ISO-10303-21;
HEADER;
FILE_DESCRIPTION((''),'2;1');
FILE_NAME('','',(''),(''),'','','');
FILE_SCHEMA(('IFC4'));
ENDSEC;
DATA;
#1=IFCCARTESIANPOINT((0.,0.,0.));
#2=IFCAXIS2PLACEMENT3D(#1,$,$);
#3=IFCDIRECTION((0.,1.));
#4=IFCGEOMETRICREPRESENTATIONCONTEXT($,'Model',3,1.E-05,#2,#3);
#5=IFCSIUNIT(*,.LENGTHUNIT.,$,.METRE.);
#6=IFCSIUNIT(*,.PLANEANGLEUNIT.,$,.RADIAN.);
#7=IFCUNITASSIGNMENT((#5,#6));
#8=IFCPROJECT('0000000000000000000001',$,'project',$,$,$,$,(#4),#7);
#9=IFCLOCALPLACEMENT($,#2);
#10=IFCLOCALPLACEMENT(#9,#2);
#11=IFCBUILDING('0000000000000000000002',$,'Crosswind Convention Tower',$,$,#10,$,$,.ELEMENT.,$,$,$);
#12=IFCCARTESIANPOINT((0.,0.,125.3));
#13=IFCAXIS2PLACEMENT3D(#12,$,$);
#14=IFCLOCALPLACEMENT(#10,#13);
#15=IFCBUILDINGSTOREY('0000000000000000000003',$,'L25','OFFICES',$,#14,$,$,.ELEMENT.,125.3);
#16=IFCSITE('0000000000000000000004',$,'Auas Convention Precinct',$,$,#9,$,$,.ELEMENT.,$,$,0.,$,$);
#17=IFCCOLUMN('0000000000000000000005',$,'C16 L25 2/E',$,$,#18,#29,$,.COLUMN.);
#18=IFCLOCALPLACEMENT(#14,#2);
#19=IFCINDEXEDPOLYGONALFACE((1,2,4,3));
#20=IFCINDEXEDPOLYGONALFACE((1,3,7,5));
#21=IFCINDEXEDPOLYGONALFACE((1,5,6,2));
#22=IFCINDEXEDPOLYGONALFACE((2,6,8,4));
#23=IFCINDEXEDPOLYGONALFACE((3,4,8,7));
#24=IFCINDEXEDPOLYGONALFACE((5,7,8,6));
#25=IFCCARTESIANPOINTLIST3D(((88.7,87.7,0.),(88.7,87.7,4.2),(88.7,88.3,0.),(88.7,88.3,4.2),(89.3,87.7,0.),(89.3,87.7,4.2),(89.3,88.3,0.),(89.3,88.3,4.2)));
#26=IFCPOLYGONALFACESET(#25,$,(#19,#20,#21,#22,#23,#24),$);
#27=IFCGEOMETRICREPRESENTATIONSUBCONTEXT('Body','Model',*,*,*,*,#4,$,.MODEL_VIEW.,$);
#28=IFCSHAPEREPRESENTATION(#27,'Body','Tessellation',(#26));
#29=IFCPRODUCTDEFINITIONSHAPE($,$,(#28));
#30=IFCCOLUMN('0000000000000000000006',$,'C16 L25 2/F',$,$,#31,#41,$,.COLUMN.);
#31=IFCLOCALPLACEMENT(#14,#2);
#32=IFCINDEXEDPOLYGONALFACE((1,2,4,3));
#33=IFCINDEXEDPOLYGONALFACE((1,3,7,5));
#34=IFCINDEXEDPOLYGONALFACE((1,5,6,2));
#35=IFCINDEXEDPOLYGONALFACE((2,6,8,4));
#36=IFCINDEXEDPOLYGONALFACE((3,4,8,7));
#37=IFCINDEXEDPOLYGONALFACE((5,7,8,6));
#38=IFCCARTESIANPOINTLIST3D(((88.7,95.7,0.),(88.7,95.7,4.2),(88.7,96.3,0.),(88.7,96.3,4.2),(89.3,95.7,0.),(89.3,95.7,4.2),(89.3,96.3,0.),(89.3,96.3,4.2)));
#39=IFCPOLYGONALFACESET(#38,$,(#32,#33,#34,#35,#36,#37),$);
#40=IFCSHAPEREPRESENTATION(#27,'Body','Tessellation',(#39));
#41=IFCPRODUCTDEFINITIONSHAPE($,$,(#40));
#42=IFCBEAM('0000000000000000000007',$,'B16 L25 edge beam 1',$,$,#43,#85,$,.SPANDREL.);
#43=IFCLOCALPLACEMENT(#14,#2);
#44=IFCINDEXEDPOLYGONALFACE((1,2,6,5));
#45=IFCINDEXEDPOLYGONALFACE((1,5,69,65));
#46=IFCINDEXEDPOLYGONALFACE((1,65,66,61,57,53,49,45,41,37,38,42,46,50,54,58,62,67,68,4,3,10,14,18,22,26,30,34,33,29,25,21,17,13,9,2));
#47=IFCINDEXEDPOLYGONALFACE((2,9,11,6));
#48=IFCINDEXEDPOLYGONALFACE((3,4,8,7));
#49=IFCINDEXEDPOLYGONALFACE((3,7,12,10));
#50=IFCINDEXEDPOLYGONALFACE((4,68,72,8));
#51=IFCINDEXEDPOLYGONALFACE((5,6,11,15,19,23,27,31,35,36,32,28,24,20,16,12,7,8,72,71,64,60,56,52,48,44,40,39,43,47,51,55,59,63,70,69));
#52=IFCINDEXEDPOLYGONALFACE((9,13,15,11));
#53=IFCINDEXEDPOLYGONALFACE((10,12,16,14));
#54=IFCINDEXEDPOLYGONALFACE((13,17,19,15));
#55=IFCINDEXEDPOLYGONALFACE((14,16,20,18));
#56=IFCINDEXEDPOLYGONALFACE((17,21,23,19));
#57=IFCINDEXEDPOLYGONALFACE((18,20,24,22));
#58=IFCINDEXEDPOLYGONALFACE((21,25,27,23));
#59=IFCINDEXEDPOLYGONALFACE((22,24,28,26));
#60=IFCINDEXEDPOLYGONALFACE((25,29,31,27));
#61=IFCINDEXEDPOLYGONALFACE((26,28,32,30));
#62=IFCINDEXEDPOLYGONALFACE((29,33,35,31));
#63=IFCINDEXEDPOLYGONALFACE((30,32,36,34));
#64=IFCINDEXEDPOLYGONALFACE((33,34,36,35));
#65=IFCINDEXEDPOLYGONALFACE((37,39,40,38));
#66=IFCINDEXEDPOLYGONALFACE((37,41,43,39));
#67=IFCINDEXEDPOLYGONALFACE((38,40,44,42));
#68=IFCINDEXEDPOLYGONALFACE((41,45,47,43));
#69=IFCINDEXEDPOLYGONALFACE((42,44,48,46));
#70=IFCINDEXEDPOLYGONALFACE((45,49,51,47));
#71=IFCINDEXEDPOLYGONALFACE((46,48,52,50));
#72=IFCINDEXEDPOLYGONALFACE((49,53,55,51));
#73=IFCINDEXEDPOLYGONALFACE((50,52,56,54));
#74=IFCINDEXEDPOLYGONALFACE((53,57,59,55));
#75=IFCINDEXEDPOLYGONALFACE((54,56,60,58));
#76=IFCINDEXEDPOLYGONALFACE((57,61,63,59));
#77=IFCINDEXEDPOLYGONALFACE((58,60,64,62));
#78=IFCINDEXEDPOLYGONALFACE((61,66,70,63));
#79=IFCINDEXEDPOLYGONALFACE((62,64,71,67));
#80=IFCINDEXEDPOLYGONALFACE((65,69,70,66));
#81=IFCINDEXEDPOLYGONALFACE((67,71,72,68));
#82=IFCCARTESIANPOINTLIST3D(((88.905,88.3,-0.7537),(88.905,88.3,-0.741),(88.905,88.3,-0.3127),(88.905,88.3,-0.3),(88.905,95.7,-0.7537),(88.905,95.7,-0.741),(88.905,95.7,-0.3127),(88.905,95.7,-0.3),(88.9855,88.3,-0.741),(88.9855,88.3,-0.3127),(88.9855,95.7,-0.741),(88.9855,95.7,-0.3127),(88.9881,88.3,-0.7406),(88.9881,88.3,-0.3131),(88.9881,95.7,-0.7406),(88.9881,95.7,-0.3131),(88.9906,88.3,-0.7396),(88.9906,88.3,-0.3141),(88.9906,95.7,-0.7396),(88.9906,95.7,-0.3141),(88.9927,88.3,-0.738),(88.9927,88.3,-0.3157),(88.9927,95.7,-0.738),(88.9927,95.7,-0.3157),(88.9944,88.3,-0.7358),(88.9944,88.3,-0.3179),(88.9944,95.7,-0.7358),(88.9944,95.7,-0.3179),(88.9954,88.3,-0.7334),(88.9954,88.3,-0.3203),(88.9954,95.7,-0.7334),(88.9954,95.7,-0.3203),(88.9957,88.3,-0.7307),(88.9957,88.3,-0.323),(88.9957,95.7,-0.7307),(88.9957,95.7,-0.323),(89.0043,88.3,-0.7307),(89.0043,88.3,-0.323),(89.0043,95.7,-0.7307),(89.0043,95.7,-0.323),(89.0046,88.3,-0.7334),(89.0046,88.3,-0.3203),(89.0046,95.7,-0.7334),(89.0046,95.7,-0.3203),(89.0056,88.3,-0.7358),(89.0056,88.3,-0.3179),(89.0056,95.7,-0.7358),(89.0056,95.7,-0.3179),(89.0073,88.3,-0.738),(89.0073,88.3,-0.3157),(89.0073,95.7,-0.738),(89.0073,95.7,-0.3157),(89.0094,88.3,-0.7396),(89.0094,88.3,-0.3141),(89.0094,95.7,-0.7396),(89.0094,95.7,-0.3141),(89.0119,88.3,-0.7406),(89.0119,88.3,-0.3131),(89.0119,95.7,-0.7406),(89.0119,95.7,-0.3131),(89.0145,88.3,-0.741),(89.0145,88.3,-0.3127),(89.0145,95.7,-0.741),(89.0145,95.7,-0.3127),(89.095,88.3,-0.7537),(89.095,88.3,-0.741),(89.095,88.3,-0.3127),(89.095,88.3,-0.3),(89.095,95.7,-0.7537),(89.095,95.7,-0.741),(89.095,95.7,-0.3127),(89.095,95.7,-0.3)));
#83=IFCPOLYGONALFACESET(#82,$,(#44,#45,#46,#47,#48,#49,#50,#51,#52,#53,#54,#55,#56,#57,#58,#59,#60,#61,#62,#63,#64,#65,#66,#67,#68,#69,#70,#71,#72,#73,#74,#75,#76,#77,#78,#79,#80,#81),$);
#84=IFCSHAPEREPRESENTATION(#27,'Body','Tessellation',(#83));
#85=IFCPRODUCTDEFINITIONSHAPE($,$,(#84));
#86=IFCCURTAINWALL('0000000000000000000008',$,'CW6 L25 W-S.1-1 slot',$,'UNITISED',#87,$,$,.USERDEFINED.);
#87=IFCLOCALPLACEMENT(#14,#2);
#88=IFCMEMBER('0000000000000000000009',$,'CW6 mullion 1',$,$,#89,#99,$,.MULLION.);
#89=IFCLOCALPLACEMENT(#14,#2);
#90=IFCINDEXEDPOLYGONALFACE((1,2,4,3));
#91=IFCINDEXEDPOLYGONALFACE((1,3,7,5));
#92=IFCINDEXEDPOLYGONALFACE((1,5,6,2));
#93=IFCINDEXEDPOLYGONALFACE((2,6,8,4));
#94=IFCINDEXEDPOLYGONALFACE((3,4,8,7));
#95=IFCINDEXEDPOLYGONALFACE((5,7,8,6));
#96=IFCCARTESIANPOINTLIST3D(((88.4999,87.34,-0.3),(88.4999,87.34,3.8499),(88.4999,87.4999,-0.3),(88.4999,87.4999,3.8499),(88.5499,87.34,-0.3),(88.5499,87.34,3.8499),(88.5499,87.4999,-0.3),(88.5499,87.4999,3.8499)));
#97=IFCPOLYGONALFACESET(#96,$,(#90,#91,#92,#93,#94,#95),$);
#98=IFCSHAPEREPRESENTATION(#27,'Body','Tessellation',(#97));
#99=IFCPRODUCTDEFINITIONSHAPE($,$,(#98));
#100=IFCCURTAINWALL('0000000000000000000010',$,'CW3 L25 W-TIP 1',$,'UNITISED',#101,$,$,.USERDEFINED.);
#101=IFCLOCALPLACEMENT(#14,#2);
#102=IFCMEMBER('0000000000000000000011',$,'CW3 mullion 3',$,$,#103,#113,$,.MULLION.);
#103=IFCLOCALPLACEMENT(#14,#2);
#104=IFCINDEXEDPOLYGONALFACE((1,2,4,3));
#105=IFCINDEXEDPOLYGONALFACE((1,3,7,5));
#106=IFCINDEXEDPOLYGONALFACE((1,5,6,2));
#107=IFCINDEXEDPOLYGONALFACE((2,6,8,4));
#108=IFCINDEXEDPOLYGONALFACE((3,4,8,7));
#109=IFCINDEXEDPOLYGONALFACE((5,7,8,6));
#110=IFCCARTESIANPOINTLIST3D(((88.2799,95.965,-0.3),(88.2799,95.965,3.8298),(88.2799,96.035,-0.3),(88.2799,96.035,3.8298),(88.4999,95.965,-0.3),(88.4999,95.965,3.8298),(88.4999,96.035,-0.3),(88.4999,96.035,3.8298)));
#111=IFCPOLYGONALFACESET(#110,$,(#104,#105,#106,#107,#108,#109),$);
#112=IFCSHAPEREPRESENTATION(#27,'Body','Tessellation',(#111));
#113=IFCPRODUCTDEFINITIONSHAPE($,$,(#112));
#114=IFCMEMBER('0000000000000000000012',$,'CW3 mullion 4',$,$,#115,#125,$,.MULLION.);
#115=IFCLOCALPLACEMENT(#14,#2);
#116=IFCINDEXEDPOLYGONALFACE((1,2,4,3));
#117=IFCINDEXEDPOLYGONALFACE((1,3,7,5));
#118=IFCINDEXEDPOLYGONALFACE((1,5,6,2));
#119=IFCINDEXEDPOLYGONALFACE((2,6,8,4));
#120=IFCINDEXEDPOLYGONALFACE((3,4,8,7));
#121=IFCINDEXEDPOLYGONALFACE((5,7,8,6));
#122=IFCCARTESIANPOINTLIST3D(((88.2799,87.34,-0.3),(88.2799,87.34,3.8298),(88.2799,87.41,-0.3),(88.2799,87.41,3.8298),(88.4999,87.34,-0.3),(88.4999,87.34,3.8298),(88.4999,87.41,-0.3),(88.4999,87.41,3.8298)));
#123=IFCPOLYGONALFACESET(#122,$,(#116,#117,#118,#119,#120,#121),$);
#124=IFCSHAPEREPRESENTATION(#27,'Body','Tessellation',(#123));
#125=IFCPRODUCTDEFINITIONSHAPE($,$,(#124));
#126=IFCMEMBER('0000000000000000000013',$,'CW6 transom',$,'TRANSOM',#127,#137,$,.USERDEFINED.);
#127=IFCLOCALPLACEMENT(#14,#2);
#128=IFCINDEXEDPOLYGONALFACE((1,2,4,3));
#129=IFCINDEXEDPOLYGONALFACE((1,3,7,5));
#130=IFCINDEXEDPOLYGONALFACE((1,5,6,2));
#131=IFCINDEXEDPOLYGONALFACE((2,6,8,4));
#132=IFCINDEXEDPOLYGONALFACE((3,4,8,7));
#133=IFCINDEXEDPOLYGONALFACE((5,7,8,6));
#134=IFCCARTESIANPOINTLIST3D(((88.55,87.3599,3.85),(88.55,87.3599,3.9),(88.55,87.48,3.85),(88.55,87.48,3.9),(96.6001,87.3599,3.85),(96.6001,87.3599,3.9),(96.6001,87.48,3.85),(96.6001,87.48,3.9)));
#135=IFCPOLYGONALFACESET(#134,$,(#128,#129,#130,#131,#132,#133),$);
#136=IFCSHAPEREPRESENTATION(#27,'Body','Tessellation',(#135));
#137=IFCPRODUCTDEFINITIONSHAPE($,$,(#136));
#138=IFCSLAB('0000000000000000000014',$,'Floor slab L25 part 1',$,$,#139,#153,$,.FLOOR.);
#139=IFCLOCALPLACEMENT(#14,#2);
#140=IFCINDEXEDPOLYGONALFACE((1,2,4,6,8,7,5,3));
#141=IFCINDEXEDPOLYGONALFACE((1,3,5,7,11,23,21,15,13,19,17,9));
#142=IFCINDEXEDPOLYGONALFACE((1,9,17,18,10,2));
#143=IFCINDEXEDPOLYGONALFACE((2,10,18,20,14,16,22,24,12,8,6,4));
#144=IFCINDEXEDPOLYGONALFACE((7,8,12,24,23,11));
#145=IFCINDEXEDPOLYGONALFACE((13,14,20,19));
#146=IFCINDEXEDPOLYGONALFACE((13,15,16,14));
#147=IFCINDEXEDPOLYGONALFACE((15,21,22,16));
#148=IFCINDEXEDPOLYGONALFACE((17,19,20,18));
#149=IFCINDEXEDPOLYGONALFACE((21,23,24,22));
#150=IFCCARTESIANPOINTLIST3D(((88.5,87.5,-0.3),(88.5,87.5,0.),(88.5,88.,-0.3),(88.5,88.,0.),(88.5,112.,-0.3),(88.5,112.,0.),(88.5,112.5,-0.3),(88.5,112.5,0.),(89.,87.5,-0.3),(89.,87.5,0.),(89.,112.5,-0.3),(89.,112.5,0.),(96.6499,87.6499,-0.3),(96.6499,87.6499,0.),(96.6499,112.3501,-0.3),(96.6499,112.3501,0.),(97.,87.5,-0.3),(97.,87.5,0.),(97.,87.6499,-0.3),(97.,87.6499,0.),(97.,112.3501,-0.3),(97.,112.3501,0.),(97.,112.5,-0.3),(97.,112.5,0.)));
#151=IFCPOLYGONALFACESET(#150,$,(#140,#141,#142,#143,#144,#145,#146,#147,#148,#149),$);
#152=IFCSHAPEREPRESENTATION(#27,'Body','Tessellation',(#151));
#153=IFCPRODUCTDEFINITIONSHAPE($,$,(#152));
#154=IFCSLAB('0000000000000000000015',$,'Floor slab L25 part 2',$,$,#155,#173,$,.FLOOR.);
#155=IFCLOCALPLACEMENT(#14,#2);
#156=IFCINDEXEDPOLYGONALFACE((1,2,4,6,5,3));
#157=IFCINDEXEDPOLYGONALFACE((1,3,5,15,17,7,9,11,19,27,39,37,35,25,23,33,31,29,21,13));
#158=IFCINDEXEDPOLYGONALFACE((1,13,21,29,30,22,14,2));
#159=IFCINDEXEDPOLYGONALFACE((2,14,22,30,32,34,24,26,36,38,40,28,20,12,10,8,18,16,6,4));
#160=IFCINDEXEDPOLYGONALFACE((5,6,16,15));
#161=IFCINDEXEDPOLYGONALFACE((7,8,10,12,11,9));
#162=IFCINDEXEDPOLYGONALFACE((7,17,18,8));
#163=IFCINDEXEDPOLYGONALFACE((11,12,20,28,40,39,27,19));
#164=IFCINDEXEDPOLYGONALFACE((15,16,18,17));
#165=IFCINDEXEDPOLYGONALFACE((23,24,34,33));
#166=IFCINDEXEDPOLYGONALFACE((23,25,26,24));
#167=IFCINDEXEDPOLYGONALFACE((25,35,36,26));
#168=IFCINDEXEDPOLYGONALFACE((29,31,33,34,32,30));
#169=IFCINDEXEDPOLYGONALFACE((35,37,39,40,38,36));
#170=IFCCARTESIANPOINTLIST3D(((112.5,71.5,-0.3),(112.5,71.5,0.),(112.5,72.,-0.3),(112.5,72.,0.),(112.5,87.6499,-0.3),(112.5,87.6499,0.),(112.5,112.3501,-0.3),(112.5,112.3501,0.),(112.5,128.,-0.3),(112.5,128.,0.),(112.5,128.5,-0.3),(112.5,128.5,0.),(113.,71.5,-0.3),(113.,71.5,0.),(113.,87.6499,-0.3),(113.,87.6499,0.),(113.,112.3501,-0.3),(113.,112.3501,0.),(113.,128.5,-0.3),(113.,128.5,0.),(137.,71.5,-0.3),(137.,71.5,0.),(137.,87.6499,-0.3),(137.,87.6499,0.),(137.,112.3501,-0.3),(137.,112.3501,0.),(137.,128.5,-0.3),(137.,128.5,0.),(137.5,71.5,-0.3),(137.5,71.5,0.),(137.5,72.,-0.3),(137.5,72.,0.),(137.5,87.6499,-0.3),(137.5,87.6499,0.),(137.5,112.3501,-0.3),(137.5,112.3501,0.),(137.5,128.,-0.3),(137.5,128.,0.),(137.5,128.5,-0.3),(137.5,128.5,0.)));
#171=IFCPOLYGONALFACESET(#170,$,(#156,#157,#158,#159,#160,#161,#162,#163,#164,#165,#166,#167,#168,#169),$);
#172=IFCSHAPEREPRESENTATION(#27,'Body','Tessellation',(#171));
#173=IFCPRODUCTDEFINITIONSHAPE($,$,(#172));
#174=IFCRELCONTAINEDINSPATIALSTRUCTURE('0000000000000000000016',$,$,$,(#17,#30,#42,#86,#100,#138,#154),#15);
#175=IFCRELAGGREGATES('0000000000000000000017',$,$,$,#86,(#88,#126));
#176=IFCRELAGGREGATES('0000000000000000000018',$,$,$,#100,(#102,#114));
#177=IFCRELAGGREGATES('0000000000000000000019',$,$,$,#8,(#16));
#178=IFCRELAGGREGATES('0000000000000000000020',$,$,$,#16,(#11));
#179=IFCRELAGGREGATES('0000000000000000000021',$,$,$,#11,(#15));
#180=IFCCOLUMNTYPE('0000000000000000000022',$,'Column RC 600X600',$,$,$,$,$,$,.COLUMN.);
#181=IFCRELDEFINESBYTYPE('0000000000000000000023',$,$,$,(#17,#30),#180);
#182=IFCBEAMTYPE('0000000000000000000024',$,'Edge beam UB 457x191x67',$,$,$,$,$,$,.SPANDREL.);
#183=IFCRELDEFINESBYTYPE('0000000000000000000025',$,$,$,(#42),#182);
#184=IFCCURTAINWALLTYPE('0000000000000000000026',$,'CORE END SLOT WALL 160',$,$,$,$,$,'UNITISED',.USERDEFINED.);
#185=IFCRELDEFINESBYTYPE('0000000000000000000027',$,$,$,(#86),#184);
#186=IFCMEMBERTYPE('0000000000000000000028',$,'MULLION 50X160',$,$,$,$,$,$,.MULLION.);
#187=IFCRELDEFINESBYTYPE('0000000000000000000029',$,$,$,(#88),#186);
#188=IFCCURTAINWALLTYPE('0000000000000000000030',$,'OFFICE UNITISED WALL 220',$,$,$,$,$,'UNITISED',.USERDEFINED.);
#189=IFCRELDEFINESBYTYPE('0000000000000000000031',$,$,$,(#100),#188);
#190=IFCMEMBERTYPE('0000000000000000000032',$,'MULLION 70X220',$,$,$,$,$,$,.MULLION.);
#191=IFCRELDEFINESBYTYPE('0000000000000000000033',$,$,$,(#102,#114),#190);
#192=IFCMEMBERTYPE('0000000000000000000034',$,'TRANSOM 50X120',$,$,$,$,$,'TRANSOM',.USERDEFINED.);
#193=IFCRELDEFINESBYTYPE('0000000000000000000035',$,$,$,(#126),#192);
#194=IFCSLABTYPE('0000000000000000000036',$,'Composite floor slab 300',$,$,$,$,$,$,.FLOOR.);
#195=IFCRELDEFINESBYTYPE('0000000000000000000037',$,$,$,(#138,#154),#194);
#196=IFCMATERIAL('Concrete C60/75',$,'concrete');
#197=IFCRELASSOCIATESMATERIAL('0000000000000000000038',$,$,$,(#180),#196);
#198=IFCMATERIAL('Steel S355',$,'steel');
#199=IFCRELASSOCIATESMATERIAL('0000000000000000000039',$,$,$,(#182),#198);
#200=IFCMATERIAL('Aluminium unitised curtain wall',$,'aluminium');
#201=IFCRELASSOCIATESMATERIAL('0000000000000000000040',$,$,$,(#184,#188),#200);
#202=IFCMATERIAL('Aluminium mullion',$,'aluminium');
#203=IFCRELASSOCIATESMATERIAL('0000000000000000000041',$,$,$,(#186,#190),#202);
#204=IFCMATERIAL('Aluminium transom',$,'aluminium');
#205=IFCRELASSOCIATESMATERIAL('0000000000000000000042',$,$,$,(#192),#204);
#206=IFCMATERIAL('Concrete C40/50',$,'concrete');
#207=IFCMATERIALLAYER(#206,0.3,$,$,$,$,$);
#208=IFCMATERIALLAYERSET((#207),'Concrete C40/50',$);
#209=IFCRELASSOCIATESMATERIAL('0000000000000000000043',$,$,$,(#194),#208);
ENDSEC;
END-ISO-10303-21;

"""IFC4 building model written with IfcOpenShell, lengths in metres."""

from ifc_helpers import new_model, si_unit, direction, frame, origin, origin_2d, place, context, subcontext, project, spatial, polyline, rectangle, i_section, outline, extrude, material, layer, layer_set, material_profile, profile_set, type_object, element, aggregate, save


model = new_model("IFC4")

# Units and contexts
model_context = context("Model", 3, precision=1e-05, world=origin(), true_north=direction((0.0, 1.0)))
body_context = subcontext(model_context, "Body", "Model", "MODEL_VIEW")
ifc_project = project(units=[si_unit("LENGTHUNIT", "METRE"), si_unit("PLANEANGLEUNIT", "RADIAN")], contexts=[model_context])

# Site, building, storey
site_placement = place(None, origin())
site = spatial("IfcSite", under=ifc_project, at=site_placement, Name="Auas Convention Precinct", CompositionType="ELEMENT", RefElevation=0.0)
building_placement = place(site_placement, origin())
building = spatial("IfcBuilding", under=site, at=building_placement, Name="Crosswind Convention Tower", CompositionType="ELEMENT")
storey_placement = place(building_placement, frame((0.0, 0.0, 125.3)))
storey = spatial("IfcBuildingStorey", under=building, at=storey_placement, Name="L25", Description="OFFICES", CompositionType="ELEMENT", Elevation=125.3)

# Columns
ifc_material_1 = material(Name="Concrete C60/75", Category="concrete")
ifc_material_profile_1 = material_profile(ifc_material_1, rectangle(XDim=0.6001, YDim=0.6001, at=origin_2d()), Name="RC 600X600")
ifc_profile_set_1 = profile_set([ifc_material_profile_1], Name="Concrete C60/75")
column_type = type_object("IfcColumnType", Name="Column RC 600X600", PredefinedType="COLUMN", material=ifc_profile_set_1)
for number, where, z_axis, x_axis, name in (
    (1, (89.0, 88.0, 0.0), (0.0, 0.0, 1.0), (1.0, 0.0, 0.0), "C16 L25 2/E"),
    (2, (89.0, 96.0, 0.0), (0.0, 0.0, 1.0), (1.0, 0.0, 0.0), "C16 L25 2/F"),
):
    element("IfcColumn", number, at=place(storey_placement, frame(where, z_axis=z_axis, x_axis=x_axis)), inside=storey, type_object=column_type, Name=name, PredefinedType="COLUMN", context=body_context, shape_type="SweptSolid", body=[
        extrude(rectangle(XDim=0.6001, YDim=0.6001, at=origin_2d()), origin(), (0.0, 0.0, 1.0), 4.2),
    ])

# Beam
ifc_material_2 = material(Name="Steel S355", Category="steel")
ifc_material_profile_2 = material_profile(ifc_material_2, i_section(OverallWidth=0.1899, OverallDepth=0.4536, WebThickness=0.0085, FlangeThickness=0.0127, FilletRadius=0.0103, at=origin_2d()), Name="UB 457x191x67")
ifc_profile_set_2 = profile_set([ifc_material_profile_2], Name="Steel S355")
beam_type = type_object("IfcBeamType", Name="Edge beam UB 457x191x67", PredefinedType="SPANDREL", material=ifc_profile_set_2)
beam_placement = place(storey_placement, frame((89.0, 88.3, -0.5269), z_axis=(0.0, 1.0, 0.0), x_axis=(-1.0, 0.0, 0.0)))
element("IfcBeam", 3, at=beam_placement, inside=storey, type_object=beam_type, Name="B16 L25 edge beam 1", PredefinedType="SPANDREL", context=body_context, shape_type="SweptSolid", body=[
    extrude(i_section(OverallWidth=0.1899, OverallDepth=0.4536, WebThickness=0.0085, FlangeThickness=0.0127, FilletRadius=0.0103, at=origin_2d()), origin(), (0.0, 0.0, 1.0), 7.3999),
])

# Curtain wall, member
ifc_material_3 = material(Name="Aluminium unitised curtain wall", Category="aluminium")
curtain_wall_type_1 = type_object("IfcCurtainWallType", Name="CORE END SLOT WALL 160", ElementType="UNITISED", PredefinedType="USERDEFINED", material=ifc_material_3)
curtain_wall_1_placement = place(storey_placement, origin())
curtain_wall_1 = element("IfcCurtainWall", 4, at=curtain_wall_1_placement, inside=storey, type_object=curtain_wall_type_1, Name="CW6 L25 W-S.1-1 slot", ObjectType="UNITISED", PredefinedType="USERDEFINED")
ifc_material_4 = material(Name="Aluminium mullion", Category="aluminium")
ifc_material_profile_3 = material_profile(ifc_material_4, rectangle(XDim=0.1599, YDim=0.05, at=origin_2d()), Name="AL 160X50")
ifc_profile_set_3 = profile_set([ifc_material_profile_3], Name="Aluminium mullion")
member_type_1 = type_object("IfcMemberType", Name="MULLION 50X160", PredefinedType="MULLION", material=ifc_profile_set_3)
member_1_placement = place(storey_placement, frame((88.5249, 87.4199, -0.3), z_axis=(0.0, 0.0, 1.0), x_axis=(0.0, -1.0, 0.0)))
member_1 = element("IfcMember", 5, at=member_1_placement, type_object=member_type_1, Name="CW6 mullion 1", PredefinedType="MULLION", context=body_context, shape_type="SweptSolid", body=[
    extrude(rectangle(XDim=0.1599, YDim=0.05, at=origin_2d()), origin(), (0.0, 0.0, 1.0), 4.1499),
])

# Curtain wall, members
curtain_wall_type_2 = type_object("IfcCurtainWallType", Name="OFFICE UNITISED WALL 220", ElementType="UNITISED", PredefinedType="USERDEFINED", material=ifc_material_3)
curtain_wall_2_placement = place(storey_placement, origin())
curtain_wall_2 = element("IfcCurtainWall", 6, at=curtain_wall_2_placement, inside=storey, type_object=curtain_wall_type_2, Name="CW3 L25 W-TIP 1", ObjectType="UNITISED", PredefinedType="USERDEFINED")
ifc_material_profile_4 = material_profile(ifc_material_4, rectangle(XDim=0.22, YDim=0.0701, at=origin_2d()), Name="AL 220X70")
ifc_profile_set_4 = profile_set([ifc_material_profile_4], Name="Aluminium mullion")
member_type_2 = type_object("IfcMemberType", Name="MULLION 70X220", PredefinedType="MULLION", material=ifc_profile_set_4)
member_2_placement = place(storey_placement, frame((88.3899, 96.0, -0.3), z_axis=(0.0, 0.0, 1.0), x_axis=(-1.0, 0.0, 0.0)))
member_2 = element("IfcMember", 7, at=member_2_placement, type_object=member_type_2, Name="CW3 mullion 3", PredefinedType="MULLION", context=body_context, shape_type="SweptSolid", body=[
    extrude(rectangle(XDim=0.22, YDim=0.0701, at=origin_2d()), origin(), (0.0, 0.0, 1.0), 4.1299),
])
member_3_placement = place(storey_placement, frame((88.3899, 87.375, -0.3), z_axis=(0.0, 0.0, 1.0), x_axis=(-1.0, 0.0, 0.0)))
member_3 = element("IfcMember", 8, at=member_3_placement, type_object=member_type_2, Name="CW3 mullion 4", PredefinedType="MULLION", context=body_context, shape_type="SweptSolid", body=[
    extrude(rectangle(XDim=0.22, YDim=0.0701, at=origin_2d()), origin(), (0.0, 0.0, 1.0), 4.1299),
])

# Member
ifc_material_5 = material(Name="Aluminium transom", Category="aluminium")
ifc_material_profile_5 = material_profile(ifc_material_5, rectangle(XDim=0.1201, YDim=0.05, at=origin_2d()), Name="AL 120X50")
ifc_profile_set_5 = profile_set([ifc_material_profile_5], Name="Aluminium transom")
member_type_3 = type_object("IfcMemberType", Name="TRANSOM 50X120", ElementType="TRANSOM", PredefinedType="USERDEFINED", material=ifc_profile_set_5)
member_4_placement = place(storey_placement, frame((88.55, 87.4199, 3.875), z_axis=(1.0, 0.0, 0.0), x_axis=(0.0, 1.0, 0.0)))
member_4 = element("IfcMember", 9, at=member_4_placement, type_object=member_type_3, Name="CW6 transom", ObjectType="TRANSOM", PredefinedType="USERDEFINED", context=body_context, shape_type="SweptSolid", body=[
    extrude(rectangle(XDim=0.1201, YDim=0.05, at=origin_2d()), origin(), (0.0, 0.0, 1.0), 8.05),
])

# Slabs
ifc_material_6 = material(Name="Concrete C40/50", Category="concrete")
ifc_layer_1 = layer(ifc_material_6, 0.3)
ifc_layer_set_1 = layer_set([ifc_layer_1], Name="Concrete C40/50")
slab_type_1 = type_object("IfcSlabType", Name="Composite floor slab 300", PredefinedType="FLOOR", material=ifc_layer_set_1)
slab_1_placement = place(storey_placement, frame((0.0, 0.0, -0.3)))
element("IfcSlab", 10, at=slab_1_placement, inside=storey, type_object=slab_type_1, Name="Floor slab L25 part 1", PredefinedType="FLOOR", context=body_context, shape_type="SweptSolid", body=[
    extrude(outline(polyline([(97.0, 87.5), (89.0, 87.5), (88.5, 87.5), (88.5, 88.0), (88.5, 112.0), (88.5, 112.5), (89.0, 112.5), (97.0, 112.5), (97.0, 112.3501), (96.6499, 112.3501), (96.6499, 87.6499), (97.0, 87.6499), (97.0, 87.5)])), origin(), (0.0, 0.0, 1.0), 0.3),
])
slab_2_placement = place(storey_placement, frame((0.0, 0.0, -0.3)))
element("IfcSlab", 11, at=slab_2_placement, inside=storey, type_object=slab_type_1, Name="Floor slab L25 part 2", PredefinedType="FLOOR", context=body_context, shape_type="SweptSolid", body=[
    extrude(outline(polyline([(112.5, 87.6499), (113.0, 87.6499), (113.0, 112.3501), (112.5, 112.3501), (112.5, 128.0), (112.5, 128.5), (113.0, 128.5), (137.0, 128.5), (137.5, 128.5), (137.5, 128.0), (137.5, 112.3501), (137.0, 112.3501), (137.0, 87.6499), (137.5, 87.6499), (137.5, 72.0), (137.5, 71.5), (137.0, 71.5), (113.0, 71.5), (112.5, 71.5), (112.5, 72.0), (112.5, 87.6499)])), origin(), (0.0, 0.0, 1.0), 0.3),
])

aggregate(curtain_wall_1, [member_1, member_4])
aggregate(curtain_wall_2, [member_2, member_3])

save(model, "model.ifc")
